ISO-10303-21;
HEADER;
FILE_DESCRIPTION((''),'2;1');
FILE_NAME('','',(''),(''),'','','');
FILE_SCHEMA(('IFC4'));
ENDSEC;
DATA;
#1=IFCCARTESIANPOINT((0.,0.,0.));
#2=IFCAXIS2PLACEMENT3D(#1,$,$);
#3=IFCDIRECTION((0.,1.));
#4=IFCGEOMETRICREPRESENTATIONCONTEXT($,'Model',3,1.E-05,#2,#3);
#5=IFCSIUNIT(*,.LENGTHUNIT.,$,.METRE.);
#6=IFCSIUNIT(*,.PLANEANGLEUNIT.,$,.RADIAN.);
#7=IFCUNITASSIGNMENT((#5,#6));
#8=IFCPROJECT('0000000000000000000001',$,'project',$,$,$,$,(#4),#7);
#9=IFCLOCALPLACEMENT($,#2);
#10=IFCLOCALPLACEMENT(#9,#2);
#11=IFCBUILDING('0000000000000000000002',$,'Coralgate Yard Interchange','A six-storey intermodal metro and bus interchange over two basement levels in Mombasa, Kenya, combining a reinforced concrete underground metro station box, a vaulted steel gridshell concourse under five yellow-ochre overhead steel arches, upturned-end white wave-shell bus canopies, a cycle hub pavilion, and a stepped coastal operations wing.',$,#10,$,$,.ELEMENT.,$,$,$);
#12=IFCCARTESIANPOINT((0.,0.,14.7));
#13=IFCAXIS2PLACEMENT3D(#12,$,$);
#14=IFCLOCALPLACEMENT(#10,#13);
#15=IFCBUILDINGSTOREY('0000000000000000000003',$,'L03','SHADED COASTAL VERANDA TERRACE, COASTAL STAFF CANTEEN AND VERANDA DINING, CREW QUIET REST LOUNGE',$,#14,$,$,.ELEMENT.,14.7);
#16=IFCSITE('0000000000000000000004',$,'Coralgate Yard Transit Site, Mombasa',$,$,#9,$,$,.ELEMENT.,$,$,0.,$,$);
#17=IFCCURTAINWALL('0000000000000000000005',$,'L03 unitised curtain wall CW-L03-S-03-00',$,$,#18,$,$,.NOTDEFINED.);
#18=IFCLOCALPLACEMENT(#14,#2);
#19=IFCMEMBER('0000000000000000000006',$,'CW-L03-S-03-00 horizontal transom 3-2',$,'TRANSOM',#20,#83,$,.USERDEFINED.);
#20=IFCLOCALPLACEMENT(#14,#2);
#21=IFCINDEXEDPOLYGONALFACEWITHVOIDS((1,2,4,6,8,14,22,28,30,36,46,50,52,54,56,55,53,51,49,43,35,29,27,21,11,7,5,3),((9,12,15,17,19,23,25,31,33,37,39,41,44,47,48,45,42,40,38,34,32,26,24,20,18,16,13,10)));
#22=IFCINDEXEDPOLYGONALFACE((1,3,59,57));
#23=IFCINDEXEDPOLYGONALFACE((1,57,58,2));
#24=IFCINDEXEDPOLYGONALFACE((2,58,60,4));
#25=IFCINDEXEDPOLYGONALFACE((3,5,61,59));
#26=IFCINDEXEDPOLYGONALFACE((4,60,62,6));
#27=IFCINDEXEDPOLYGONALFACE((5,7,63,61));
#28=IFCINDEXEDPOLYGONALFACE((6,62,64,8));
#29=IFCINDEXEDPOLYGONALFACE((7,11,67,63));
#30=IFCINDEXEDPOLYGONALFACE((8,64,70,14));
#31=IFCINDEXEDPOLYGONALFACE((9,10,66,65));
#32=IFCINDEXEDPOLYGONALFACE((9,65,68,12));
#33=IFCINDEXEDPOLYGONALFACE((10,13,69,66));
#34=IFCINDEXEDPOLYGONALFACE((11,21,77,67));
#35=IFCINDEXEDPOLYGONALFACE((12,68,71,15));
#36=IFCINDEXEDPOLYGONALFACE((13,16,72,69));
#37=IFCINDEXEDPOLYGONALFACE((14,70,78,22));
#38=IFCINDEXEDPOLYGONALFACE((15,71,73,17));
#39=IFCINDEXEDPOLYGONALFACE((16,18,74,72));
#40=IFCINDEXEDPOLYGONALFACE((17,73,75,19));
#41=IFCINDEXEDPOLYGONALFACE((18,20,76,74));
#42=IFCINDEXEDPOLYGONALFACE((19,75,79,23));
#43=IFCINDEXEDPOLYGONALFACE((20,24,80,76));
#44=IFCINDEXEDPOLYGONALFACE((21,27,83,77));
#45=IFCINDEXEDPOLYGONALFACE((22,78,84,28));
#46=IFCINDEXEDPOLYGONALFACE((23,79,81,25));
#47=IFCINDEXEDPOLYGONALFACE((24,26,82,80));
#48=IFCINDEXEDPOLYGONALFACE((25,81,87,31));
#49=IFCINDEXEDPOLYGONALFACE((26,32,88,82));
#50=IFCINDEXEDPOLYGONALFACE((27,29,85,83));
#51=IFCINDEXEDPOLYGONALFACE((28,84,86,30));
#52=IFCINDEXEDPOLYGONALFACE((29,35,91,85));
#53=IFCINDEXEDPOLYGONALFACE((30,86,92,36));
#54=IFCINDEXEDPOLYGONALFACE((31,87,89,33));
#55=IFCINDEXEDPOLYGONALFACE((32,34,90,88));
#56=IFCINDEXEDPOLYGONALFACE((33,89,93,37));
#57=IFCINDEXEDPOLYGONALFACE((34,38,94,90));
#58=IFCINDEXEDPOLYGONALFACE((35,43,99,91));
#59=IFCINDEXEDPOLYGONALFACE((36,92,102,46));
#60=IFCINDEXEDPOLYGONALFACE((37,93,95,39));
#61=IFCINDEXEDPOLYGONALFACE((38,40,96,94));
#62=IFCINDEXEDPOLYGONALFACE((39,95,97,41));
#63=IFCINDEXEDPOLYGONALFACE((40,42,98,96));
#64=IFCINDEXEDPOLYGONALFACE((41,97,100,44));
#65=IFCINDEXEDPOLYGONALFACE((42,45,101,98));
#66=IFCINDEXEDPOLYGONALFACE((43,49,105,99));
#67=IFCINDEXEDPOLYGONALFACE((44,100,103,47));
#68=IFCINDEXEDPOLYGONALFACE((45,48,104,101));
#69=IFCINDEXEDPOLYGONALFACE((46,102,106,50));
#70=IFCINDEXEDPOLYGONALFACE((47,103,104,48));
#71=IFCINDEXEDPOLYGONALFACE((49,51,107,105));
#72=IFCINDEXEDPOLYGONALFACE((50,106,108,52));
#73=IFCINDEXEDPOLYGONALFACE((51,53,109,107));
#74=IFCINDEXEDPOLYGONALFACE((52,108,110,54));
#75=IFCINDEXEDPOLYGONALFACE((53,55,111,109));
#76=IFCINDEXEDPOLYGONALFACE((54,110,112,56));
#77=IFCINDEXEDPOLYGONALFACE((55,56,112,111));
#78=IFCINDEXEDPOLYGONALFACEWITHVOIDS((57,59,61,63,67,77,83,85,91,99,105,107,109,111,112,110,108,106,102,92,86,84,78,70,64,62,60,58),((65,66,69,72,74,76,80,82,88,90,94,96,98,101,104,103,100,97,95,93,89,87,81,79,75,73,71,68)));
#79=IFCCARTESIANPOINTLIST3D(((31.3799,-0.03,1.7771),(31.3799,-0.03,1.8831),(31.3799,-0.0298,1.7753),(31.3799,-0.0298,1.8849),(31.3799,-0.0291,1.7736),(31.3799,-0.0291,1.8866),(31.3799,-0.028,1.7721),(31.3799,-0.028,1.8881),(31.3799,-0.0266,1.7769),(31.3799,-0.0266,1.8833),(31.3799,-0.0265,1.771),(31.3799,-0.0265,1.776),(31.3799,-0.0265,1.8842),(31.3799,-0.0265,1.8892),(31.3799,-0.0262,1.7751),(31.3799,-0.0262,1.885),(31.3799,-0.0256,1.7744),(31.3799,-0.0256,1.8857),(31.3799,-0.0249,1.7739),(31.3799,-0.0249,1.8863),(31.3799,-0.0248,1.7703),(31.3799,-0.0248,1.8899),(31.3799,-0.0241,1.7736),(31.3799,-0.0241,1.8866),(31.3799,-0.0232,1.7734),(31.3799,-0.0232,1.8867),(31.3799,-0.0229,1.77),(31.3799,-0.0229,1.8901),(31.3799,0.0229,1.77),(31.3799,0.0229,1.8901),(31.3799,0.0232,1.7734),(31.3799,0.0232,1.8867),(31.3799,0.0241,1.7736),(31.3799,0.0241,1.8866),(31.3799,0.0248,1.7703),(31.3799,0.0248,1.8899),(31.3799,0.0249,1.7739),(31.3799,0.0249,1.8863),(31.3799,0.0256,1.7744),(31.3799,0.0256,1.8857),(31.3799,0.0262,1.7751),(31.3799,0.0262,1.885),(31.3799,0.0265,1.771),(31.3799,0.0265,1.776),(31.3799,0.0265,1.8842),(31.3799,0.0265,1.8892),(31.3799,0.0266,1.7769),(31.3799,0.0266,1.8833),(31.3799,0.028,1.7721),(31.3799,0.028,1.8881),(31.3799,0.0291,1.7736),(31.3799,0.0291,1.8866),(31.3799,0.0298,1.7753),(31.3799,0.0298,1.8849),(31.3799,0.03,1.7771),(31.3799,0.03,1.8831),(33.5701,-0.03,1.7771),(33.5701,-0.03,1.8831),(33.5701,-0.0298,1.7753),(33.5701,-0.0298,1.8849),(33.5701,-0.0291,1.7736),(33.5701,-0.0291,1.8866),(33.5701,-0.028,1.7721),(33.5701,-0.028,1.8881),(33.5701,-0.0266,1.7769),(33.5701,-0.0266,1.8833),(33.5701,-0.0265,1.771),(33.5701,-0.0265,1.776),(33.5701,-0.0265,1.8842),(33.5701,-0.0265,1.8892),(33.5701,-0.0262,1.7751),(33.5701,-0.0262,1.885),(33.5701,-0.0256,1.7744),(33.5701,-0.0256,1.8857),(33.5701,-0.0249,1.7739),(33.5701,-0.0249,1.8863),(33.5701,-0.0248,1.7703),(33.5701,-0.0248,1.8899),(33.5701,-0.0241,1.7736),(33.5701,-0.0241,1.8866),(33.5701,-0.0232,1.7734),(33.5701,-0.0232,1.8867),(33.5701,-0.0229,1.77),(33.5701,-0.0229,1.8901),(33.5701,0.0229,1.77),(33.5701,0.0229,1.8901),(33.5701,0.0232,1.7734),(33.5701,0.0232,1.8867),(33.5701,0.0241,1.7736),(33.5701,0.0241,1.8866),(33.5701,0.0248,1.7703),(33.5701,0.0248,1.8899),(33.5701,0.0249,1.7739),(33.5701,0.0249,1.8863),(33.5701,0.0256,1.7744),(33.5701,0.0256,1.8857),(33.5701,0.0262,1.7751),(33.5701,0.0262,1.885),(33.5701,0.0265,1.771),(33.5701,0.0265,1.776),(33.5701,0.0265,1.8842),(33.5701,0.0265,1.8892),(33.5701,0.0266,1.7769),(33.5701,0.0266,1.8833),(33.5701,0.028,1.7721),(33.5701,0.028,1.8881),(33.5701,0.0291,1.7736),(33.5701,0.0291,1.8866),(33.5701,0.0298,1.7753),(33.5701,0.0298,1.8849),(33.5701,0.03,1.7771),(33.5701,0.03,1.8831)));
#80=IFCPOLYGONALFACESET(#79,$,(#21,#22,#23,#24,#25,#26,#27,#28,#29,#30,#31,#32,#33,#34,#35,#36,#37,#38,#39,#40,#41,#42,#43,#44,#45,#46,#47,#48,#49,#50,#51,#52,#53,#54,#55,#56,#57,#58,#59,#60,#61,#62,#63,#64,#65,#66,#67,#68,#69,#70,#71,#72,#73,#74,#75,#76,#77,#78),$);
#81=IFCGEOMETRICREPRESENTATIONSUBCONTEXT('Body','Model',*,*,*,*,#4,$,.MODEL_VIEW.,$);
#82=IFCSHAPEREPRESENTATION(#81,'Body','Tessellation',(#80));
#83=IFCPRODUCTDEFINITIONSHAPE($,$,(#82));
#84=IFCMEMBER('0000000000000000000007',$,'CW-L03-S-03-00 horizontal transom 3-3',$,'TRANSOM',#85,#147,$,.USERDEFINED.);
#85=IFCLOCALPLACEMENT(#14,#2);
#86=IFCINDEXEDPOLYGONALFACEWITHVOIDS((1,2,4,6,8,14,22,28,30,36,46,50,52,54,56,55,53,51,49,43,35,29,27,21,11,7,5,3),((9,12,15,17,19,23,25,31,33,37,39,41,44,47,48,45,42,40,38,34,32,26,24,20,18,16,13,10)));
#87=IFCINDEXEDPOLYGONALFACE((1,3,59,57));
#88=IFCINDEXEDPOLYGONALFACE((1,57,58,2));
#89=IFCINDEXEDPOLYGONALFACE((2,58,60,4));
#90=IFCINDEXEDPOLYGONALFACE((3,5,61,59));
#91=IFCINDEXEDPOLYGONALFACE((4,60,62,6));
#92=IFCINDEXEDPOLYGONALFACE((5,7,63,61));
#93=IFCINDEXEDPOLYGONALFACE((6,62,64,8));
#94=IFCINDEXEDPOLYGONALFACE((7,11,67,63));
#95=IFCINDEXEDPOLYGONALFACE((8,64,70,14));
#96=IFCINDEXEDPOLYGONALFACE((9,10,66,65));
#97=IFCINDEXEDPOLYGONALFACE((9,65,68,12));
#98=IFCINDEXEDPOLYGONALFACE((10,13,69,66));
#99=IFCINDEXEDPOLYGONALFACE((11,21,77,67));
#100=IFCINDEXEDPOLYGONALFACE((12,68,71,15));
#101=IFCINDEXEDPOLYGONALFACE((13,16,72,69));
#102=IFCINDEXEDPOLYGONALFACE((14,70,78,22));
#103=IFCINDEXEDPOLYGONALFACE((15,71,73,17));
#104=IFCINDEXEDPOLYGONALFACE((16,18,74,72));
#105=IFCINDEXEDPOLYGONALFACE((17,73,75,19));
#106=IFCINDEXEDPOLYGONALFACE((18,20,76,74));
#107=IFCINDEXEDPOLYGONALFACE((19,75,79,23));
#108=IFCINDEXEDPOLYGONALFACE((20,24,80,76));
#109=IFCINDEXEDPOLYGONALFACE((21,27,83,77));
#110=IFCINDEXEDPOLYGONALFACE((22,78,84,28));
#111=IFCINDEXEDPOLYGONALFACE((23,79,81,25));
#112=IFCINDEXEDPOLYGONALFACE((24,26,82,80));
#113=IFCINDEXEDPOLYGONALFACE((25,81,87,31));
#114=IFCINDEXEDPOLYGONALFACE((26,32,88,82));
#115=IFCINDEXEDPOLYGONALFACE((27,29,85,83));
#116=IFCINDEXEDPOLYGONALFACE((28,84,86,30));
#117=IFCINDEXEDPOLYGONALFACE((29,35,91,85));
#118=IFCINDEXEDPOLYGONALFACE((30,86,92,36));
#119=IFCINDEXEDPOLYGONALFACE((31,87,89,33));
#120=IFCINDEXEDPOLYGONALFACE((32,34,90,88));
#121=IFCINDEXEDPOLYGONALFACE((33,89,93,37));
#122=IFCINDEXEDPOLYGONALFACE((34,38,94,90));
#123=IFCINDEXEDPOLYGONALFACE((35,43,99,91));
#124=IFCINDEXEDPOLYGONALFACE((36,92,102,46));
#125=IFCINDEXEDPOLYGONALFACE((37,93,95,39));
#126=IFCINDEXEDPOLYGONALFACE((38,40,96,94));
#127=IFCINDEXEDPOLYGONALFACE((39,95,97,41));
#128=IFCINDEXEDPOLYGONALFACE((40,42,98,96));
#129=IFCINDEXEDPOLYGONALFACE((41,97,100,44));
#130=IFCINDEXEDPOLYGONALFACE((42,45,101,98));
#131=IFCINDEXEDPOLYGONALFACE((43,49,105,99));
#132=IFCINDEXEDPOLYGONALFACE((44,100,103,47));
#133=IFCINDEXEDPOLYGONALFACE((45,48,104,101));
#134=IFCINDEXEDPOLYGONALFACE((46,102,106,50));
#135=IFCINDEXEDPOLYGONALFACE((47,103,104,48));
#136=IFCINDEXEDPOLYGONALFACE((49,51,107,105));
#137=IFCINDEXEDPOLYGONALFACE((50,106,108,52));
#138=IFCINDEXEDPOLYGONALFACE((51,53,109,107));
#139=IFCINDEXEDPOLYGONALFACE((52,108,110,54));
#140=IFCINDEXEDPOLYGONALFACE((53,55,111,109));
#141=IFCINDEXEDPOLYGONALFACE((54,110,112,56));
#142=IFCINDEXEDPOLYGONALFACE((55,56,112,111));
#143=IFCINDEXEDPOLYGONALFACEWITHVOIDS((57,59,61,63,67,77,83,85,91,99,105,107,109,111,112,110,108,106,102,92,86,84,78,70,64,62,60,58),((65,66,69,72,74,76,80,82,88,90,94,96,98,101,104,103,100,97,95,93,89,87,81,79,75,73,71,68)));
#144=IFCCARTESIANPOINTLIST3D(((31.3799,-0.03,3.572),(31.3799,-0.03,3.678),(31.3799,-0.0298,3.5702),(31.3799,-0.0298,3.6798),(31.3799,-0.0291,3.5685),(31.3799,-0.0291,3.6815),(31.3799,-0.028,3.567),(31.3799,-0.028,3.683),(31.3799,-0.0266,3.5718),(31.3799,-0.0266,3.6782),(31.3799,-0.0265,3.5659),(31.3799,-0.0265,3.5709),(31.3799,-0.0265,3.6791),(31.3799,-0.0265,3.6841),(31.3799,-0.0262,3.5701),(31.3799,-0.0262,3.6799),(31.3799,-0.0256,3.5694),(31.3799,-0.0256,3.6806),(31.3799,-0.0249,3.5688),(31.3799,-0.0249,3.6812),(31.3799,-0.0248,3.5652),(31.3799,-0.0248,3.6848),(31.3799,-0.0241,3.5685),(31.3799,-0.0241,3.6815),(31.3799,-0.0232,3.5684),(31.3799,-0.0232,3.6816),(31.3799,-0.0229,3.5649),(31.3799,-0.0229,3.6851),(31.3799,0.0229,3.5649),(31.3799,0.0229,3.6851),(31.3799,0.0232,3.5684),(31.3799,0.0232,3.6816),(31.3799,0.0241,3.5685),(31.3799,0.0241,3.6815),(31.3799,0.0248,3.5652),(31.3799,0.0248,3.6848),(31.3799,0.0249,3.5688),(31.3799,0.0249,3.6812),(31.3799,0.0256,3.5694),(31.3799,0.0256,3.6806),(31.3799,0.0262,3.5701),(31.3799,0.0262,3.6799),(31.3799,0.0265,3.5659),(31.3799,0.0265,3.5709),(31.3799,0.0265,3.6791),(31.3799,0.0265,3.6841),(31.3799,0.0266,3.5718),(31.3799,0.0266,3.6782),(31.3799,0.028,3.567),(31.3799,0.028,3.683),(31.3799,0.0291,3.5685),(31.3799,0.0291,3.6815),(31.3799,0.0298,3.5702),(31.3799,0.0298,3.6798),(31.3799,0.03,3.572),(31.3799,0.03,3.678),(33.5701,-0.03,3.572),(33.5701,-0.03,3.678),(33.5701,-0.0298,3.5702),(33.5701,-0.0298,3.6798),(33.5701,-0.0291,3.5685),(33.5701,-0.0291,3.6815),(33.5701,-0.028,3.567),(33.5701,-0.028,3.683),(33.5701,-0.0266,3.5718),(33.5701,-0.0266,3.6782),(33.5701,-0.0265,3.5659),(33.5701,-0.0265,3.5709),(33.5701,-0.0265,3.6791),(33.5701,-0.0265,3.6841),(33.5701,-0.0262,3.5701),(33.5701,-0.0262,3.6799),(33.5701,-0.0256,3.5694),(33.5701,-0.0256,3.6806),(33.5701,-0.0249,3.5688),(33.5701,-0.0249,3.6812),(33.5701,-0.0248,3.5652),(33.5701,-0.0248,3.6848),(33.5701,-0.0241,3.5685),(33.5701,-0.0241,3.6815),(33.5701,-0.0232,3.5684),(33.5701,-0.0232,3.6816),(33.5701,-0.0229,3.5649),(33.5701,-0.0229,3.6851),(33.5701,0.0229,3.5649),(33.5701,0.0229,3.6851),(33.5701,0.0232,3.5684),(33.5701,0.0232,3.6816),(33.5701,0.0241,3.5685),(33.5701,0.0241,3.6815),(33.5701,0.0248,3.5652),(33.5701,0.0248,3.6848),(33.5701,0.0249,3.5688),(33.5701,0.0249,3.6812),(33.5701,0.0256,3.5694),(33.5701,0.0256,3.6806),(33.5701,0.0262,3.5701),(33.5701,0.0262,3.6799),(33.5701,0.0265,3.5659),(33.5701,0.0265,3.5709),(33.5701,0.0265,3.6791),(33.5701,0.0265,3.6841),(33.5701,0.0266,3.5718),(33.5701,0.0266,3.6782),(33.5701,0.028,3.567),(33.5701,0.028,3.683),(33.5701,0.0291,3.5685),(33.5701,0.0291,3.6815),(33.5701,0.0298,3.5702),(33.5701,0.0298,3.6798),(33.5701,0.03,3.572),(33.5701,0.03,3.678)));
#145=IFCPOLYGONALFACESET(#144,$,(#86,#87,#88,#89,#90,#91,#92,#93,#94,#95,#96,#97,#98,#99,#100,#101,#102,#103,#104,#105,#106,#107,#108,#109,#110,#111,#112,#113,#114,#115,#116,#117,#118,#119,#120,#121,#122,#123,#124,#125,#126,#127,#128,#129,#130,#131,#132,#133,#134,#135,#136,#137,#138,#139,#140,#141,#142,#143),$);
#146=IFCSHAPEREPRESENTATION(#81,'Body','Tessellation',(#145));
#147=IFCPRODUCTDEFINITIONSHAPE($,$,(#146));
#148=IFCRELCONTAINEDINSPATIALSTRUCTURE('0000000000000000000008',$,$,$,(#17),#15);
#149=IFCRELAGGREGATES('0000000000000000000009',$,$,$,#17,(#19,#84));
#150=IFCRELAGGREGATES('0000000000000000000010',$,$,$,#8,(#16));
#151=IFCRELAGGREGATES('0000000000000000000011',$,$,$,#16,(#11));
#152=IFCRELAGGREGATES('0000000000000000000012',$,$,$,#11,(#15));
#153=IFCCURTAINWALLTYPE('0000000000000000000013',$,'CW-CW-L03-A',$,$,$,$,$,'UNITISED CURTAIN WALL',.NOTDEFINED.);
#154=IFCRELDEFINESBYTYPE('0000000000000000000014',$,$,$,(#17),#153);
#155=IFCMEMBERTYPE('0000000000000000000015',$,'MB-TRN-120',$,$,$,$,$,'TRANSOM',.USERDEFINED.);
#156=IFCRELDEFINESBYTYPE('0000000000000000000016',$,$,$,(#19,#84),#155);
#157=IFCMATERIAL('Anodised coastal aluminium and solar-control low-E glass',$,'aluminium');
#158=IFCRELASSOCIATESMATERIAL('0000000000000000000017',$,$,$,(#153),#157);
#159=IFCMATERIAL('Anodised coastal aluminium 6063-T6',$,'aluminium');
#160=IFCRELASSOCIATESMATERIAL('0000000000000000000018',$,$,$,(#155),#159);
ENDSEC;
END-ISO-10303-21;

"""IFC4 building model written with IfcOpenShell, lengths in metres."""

from ifc_helpers import new_model, si_unit, direction, frame, origin, origin_2d, place, context, subcontext, project, spatial, hollow_rectangle, extrude, material, material_profile, profile_set, type_object, element, aggregate, save


model = new_model("IFC4")

# Units and contexts
model_context = context("Model", 3, precision=1e-05, world=origin(), true_north=direction((0.0, 1.0)))
body_context = subcontext(model_context, "Body", "Model", "MODEL_VIEW")
ifc_project = project(units=[si_unit("LENGTHUNIT", "METRE"), si_unit("PLANEANGLEUNIT", "RADIAN")], contexts=[model_context])

# Site, building, storey
site_placement = place(None, origin())
site = spatial("IfcSite", under=ifc_project, at=site_placement, Name="Coralgate Yard Transit Site, Mombasa", CompositionType="ELEMENT", RefElevation=0.0)
building_placement = place(site_placement, origin())
building = spatial("IfcBuilding", under=site, at=building_placement, Name="Coralgate Yard Interchange", Description="A six-storey intermodal metro and bus interchange over two basement levels in Mombasa, Kenya, combining a reinforced concrete underground metro station box, a vaulted steel gridshell concourse under five yellow-ochre overhead steel arches, upturned-end white wave-shell bus canopies, a cycle hub pavilion, and a stepped coastal operations wing.", CompositionType="ELEMENT")
storey_placement = place(building_placement, frame((0.0, 0.0, 14.7)))
storey = spatial("IfcBuildingStorey", under=building, at=storey_placement, Name="L03", Description="SHADED COASTAL VERANDA TERRACE, COASTAL STAFF CANTEEN AND VERANDA DINING, CREW QUIET REST LOUNGE", CompositionType="ELEMENT", Elevation=14.7)

# Curtain wall, members
ifc_material_1 = material(Name="Anodised coastal aluminium and solar-control low-E glass", Category="aluminium")
curtain_wall_type = type_object("IfcCurtainWallType", Name="CW-CW-L03-A", ElementType="UNITISED CURTAIN WALL", PredefinedType="NOTDEFINED", material=ifc_material_1)
curtain_wall_placement = place(storey_placement, origin())
curtain_wall = element("IfcCurtainWall", 1, at=curtain_wall_placement, inside=storey, type_object=curtain_wall_type, Name="L03 unitised curtain wall CW-L03-S-03-00", PredefinedType="NOTDEFINED")
ifc_material_2 = material(Name="Anodised coastal aluminium 6063-T6", Category="aluminium")
ifc_material_profile_1 = material_profile(ifc_material_2, hollow_rectangle(XDim=0.0601, YDim=0.1201, WallThickness=0.0034, InnerFilletRadius=0.0034, OuterFilletRadius=0.0071, at=origin_2d()), Name="ALU 60x120x3.5")
ifc_profile_set_1 = profile_set([ifc_material_profile_1], Name="Anodised coastal aluminium 6063-T6")
member_type_1 = type_object("IfcMemberType", Name="MB-TRN-120", ElementType="TRANSOM", PredefinedType="USERDEFINED", material=ifc_profile_set_1)
member_1_placement = place(storey_placement, frame((33.5701, 0.0, 1.8301), z_axis=(-1.0, 0.0, 0.0), x_axis=(0.0, -1.0, 0.0)))
member_1 = element("IfcMember", 2, at=member_1_placement, type_object=member_type_1, Name="CW-L03-S-03-00 horizontal transom 3-2", ObjectType="TRANSOM", PredefinedType="USERDEFINED", context=body_context, shape_type="SweptSolid", body=[
    extrude(hollow_rectangle(XDim=0.0601, YDim=0.1201, WallThickness=0.0034, InnerFilletRadius=0.0034, OuterFilletRadius=0.0071, at=origin_2d()), origin(), (0.0, 0.0, 1.0), 2.1902),
])
member_2_placement = place(storey_placement, frame((33.5701, 0.0, 3.625), z_axis=(-1.0, 0.0, 0.0), x_axis=(0.0, -1.0, 0.0)))
member_2 = element("IfcMember", 3, at=member_2_placement, type_object=member_type_1, Name="CW-L03-S-03-00 horizontal transom 3-3", ObjectType="TRANSOM", PredefinedType="USERDEFINED", context=body_context, shape_type="SweptSolid", body=[
    extrude(hollow_rectangle(XDim=0.0601, YDim=0.1201, WallThickness=0.0034, InnerFilletRadius=0.0034, OuterFilletRadius=0.0071, at=origin_2d()), origin(), (0.0, 0.0, 1.0), 2.1902),
])
aggregate(curtain_wall, [member_1, member_2])

save(model, "model.ifc")
